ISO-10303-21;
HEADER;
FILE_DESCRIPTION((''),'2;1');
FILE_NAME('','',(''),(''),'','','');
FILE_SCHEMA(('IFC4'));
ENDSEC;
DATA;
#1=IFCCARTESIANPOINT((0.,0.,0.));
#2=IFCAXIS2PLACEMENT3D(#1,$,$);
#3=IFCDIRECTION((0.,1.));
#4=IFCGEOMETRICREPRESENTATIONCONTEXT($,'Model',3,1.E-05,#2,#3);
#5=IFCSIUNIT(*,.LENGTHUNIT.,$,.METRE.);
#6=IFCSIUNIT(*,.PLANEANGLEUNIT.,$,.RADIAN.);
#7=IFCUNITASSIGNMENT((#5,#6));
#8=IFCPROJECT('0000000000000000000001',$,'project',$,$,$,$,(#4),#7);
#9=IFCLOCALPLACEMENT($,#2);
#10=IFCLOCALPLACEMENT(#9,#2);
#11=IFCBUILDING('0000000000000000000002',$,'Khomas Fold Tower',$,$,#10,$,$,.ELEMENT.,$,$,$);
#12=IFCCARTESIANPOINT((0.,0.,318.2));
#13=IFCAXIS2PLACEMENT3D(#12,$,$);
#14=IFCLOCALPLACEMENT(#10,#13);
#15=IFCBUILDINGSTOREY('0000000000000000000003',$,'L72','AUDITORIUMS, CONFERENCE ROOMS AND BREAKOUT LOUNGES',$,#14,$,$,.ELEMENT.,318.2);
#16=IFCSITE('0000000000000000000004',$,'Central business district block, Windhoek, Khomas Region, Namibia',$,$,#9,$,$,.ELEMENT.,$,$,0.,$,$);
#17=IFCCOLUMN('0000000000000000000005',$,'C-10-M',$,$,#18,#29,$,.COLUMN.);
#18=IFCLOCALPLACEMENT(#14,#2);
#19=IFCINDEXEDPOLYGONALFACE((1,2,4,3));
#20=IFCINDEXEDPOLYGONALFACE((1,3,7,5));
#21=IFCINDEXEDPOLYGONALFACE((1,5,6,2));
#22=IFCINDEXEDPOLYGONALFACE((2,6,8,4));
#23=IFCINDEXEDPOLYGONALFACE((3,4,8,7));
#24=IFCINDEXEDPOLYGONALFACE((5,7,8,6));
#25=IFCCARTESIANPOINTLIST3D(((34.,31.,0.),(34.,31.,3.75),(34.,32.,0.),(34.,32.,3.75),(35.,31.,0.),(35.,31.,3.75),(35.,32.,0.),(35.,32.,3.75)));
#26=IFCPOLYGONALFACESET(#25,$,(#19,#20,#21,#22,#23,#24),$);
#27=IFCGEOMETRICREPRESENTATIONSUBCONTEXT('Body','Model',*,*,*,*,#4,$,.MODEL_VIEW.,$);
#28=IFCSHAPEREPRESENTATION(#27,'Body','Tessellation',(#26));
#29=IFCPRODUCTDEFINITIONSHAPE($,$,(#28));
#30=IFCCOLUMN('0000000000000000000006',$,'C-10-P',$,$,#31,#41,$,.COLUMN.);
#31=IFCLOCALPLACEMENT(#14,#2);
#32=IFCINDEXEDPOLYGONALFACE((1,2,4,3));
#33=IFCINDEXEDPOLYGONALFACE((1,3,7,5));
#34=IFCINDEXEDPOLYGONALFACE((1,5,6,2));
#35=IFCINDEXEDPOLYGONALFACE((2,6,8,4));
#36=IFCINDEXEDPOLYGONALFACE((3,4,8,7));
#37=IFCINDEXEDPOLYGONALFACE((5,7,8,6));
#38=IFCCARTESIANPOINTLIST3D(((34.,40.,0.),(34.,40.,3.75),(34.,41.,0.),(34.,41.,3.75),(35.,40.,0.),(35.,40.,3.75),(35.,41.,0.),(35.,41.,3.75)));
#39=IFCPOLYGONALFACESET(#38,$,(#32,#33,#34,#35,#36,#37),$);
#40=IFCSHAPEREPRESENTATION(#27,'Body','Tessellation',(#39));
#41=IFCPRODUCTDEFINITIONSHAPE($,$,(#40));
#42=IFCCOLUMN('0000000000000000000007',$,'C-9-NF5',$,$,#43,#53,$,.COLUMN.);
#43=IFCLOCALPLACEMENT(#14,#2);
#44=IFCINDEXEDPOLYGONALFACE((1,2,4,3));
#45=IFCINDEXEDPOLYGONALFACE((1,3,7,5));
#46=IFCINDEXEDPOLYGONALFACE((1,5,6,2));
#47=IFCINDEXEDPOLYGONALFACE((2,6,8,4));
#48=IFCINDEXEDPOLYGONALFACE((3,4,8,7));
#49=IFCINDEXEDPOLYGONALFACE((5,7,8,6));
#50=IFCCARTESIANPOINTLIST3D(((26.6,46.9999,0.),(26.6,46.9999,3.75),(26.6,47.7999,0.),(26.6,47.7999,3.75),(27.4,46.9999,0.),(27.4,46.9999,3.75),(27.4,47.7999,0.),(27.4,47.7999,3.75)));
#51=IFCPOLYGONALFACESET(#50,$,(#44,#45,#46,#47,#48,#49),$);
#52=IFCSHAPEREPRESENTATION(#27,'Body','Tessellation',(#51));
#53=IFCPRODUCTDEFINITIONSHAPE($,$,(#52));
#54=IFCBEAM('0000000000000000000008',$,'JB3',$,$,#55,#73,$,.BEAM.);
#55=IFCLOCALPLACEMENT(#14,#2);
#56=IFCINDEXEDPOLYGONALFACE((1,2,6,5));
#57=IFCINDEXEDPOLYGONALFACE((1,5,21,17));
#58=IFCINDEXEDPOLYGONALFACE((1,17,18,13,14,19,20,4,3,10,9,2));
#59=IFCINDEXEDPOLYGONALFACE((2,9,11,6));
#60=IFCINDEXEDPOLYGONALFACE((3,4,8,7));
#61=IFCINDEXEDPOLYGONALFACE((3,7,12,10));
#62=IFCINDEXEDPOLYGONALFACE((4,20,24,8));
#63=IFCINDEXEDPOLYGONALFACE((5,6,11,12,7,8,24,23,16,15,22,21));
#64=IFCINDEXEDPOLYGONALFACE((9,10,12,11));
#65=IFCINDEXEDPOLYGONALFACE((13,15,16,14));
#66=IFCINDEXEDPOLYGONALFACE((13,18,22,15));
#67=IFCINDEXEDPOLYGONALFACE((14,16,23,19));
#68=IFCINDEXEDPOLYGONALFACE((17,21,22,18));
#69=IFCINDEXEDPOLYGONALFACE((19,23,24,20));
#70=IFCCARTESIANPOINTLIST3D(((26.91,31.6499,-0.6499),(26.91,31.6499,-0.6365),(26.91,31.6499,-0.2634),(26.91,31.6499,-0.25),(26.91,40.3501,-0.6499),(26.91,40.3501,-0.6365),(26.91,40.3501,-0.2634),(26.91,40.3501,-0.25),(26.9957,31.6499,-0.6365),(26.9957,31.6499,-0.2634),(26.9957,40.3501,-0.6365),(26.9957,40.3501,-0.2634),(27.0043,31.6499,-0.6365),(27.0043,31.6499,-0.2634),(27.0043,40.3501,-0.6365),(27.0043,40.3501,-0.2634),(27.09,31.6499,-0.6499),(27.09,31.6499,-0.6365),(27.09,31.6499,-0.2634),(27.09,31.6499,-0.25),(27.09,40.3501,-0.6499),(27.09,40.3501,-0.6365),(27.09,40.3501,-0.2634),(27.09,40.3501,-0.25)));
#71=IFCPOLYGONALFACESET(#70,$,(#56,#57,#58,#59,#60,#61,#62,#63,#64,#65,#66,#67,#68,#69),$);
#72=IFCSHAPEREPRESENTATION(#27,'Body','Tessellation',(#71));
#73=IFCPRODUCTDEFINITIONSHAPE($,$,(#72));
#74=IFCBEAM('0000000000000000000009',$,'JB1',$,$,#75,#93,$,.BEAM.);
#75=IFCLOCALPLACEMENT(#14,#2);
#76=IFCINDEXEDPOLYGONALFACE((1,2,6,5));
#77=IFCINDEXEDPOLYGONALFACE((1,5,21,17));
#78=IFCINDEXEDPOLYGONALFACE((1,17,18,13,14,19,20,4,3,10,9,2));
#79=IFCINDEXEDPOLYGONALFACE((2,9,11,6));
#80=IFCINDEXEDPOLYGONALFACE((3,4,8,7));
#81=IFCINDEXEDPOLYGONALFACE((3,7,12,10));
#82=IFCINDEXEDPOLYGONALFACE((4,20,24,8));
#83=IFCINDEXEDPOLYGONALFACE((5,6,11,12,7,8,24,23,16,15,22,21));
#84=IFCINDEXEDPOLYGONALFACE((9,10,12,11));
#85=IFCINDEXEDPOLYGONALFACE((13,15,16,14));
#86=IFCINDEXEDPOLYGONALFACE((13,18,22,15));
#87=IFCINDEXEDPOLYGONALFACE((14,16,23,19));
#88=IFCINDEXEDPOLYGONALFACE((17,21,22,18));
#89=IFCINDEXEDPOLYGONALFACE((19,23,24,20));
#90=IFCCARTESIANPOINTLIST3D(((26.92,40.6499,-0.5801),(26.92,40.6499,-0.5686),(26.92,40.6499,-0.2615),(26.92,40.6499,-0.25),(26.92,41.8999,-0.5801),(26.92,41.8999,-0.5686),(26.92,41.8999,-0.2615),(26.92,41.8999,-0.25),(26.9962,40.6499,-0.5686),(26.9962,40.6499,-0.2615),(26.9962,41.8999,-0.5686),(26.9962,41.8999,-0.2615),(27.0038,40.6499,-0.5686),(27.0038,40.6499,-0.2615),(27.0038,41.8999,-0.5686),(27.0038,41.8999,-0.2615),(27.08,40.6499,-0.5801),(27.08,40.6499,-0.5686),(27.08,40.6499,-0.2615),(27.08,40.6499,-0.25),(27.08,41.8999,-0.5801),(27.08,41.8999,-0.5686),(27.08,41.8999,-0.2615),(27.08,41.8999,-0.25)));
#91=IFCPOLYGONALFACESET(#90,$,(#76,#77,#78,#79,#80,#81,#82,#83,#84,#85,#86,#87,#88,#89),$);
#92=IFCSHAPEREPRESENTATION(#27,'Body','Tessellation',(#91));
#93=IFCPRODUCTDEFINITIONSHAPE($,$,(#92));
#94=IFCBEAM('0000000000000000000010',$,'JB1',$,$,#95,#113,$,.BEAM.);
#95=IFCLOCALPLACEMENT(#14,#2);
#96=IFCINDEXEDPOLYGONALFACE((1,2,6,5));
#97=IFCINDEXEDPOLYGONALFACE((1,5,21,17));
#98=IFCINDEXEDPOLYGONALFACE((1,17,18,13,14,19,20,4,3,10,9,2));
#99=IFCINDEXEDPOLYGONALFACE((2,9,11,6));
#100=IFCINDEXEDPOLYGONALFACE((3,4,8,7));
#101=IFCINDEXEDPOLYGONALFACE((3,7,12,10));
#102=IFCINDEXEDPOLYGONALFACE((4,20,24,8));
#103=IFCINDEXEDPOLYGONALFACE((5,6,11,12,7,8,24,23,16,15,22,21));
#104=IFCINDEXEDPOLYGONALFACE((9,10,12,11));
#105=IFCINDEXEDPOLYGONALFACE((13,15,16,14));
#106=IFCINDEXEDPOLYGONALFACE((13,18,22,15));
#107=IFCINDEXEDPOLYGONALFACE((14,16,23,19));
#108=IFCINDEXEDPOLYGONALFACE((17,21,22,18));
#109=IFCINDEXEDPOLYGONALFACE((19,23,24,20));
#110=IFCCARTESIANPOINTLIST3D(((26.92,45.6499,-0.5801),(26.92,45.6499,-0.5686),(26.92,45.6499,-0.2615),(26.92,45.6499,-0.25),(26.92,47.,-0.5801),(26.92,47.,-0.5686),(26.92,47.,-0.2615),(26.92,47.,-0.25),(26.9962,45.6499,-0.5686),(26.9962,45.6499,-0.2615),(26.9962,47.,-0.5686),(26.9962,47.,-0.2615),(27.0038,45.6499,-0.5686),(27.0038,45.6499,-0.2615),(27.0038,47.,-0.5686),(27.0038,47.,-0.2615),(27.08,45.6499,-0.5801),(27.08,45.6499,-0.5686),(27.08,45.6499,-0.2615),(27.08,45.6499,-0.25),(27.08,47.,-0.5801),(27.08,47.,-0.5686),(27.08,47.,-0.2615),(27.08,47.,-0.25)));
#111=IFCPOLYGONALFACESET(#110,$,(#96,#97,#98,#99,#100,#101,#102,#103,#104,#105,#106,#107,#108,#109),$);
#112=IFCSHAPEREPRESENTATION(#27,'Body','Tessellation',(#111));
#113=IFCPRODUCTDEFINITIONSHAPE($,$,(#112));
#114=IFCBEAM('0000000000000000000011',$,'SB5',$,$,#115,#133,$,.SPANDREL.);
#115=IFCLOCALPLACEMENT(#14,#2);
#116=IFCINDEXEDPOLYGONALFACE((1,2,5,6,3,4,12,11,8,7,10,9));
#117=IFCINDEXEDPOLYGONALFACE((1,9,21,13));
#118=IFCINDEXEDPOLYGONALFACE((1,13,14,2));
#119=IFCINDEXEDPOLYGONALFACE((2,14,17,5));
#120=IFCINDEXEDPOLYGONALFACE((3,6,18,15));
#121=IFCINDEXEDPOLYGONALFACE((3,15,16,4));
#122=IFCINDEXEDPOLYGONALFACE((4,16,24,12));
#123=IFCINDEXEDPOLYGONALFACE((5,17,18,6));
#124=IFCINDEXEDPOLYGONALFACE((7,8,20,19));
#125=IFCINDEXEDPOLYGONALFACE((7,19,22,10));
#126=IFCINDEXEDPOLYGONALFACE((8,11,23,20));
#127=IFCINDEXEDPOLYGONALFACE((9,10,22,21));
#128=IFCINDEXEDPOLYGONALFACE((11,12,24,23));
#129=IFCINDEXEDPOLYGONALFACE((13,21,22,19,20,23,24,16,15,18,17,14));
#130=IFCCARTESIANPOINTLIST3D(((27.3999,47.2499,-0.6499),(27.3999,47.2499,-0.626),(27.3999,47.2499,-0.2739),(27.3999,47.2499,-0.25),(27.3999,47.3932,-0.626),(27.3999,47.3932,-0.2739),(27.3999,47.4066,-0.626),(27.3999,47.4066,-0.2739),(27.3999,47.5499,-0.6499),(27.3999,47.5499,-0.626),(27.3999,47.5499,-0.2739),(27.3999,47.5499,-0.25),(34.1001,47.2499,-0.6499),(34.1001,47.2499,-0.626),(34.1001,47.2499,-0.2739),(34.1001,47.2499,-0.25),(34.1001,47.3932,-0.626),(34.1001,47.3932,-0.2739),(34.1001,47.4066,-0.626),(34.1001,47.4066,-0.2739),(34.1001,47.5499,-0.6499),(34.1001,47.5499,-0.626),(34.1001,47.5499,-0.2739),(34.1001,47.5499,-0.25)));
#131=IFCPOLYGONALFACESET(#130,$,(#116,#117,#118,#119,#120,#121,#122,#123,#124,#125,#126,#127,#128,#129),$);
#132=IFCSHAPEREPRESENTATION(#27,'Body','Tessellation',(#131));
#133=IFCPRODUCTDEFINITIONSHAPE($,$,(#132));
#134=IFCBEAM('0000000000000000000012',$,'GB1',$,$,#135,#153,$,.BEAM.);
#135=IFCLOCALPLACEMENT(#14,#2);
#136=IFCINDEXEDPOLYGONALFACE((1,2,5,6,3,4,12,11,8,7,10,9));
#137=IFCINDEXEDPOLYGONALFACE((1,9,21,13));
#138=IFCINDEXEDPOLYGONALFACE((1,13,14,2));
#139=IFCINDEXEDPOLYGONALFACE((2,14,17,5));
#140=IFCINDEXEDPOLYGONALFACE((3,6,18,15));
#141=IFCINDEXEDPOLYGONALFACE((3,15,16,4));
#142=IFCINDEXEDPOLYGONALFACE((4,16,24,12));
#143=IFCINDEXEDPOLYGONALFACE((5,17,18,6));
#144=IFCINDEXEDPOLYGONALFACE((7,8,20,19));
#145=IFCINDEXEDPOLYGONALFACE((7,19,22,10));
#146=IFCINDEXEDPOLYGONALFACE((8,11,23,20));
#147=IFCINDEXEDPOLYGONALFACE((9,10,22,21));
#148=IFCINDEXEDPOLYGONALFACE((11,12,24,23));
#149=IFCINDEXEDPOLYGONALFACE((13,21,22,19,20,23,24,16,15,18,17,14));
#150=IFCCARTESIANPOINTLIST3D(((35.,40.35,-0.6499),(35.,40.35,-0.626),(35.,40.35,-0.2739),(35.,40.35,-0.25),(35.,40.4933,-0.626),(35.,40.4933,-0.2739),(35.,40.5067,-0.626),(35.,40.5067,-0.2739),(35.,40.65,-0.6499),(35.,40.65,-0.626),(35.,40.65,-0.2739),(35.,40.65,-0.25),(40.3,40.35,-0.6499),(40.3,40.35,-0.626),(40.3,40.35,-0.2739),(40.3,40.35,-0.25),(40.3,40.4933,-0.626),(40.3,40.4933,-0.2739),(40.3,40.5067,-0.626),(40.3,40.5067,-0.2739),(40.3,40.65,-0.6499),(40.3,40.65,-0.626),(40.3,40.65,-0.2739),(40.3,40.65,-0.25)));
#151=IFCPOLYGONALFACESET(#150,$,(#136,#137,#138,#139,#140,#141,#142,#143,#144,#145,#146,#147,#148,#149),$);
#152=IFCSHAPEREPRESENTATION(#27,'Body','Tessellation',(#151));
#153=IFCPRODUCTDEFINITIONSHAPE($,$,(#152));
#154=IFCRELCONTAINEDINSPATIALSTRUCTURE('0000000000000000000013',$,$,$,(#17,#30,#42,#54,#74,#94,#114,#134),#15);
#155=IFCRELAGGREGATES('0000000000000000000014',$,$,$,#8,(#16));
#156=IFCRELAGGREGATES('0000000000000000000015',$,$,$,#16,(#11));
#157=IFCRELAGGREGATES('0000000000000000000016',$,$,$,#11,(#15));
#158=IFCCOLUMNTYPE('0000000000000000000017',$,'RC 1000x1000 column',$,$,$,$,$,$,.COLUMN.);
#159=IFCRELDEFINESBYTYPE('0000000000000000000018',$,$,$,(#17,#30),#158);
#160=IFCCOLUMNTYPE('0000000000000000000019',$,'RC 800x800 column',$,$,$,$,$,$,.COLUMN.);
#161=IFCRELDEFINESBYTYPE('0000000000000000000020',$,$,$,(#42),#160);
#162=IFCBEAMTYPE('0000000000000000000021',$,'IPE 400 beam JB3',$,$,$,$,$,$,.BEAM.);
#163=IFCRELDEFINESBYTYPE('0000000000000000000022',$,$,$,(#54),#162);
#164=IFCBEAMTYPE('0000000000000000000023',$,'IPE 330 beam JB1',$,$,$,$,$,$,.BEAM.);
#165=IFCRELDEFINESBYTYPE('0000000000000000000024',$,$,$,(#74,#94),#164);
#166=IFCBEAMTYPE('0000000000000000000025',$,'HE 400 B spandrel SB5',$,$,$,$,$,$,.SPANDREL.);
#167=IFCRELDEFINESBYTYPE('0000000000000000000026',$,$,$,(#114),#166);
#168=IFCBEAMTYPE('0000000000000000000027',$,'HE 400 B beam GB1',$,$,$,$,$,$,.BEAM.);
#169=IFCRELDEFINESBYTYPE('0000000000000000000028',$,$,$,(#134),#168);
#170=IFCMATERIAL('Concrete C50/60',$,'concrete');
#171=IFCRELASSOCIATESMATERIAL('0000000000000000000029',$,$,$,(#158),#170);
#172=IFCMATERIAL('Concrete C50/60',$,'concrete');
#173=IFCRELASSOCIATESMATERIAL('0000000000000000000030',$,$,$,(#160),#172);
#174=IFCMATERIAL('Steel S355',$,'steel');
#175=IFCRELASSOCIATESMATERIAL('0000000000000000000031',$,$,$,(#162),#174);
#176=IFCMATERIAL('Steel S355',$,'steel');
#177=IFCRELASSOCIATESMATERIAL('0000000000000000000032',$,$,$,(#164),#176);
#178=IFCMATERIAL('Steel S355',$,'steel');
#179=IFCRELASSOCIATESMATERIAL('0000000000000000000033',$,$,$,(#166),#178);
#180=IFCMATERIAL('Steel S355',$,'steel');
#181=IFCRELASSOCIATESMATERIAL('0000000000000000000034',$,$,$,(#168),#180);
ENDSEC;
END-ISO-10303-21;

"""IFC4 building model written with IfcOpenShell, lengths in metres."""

from ifc_helpers import new_model, si_unit, direction, frame, origin, origin_2d, place, context, subcontext, project, spatial, rectangle, i_section, extrude, source, transform, mapped, material, material_profile, profile_set, type_object, element, save


model = new_model("IFC4")

# Units and contexts
model_context = context("Model", 3, precision=1e-05, world=origin(), true_north=direction((0.0, 1.0)))
body_context = subcontext(model_context, "Body", "Model", "MODEL_VIEW")
ifc_project = project(units=[si_unit("LENGTHUNIT", "METRE"), si_unit("PLANEANGLEUNIT", "RADIAN")], contexts=[model_context])

# Site, building, storey
site_placement = place(None, origin())
site = spatial("IfcSite", under=ifc_project, at=site_placement, Name="Central business district block, Windhoek, Khomas Region, Namibia", CompositionType="ELEMENT", RefElevation=0.0)
building_placement = place(site_placement, origin())
building = spatial("IfcBuilding", under=site, at=building_placement, Name="Khomas Fold Tower", CompositionType="ELEMENT")
storey_placement = place(building_placement, frame((0.0, 0.0, 318.2)))
storey = spatial("IfcBuildingStorey", under=building, at=storey_placement, Name="L72", Description="AUDITORIUMS, CONFERENCE ROOMS AND BREAKOUT LOUNGES", CompositionType="ELEMENT", Elevation=318.2)

# Columns
ifc_material_1 = material(Name="Concrete C50/60", Category="concrete")
ifc_material_profile_1 = material_profile(ifc_material_1, rectangle(XDim=1.0, YDim=1.0, at=origin_2d()), Name="RC 1000x1000")
ifc_profile_set_1 = profile_set([ifc_material_profile_1], Name="Concrete C50/60")
column_type_1 = type_object("IfcColumnType", Name="RC 1000x1000 column", PredefinedType="COLUMN", material=ifc_profile_set_1)
shared_shape_1 = source(origin(), body_context, "Body", "SweptSolid", [
    extrude(rectangle(XDim=1.0, YDim=1.0, at=origin_2d()), origin(), (0.0, 0.0, 1.0), 3.75),
])
for number, where, z_axis, x_axis, name in (
    (1, (34.5, 31.5, 0.0), (0.0, 0.0, 1.0), (1.0, 0.0, 0.0), "C-10-M"),
    (2, (34.5, 40.5, 0.0), (0.0, 0.0, 1.0), (1.0, 0.0, 0.0), "C-10-P"),
):
    element("IfcColumn", number, at=place(storey_placement, frame(where, z_axis=z_axis, x_axis=x_axis)), inside=storey, type_object=column_type_1, Name=name, PredefinedType="COLUMN", context=body_context, shape_type="MappedRepresentation", body=[
        mapped(shared_shape_1, transform((0.0, 0.0, 0.0))),
    ])
ifc_material_2 = material(Name="Concrete C50/60", Category="concrete")
ifc_material_profile_2 = material_profile(ifc_material_2, rectangle(XDim=0.8, YDim=0.8, at=origin_2d()), Name="RC 800x800")
ifc_profile_set_2 = profile_set([ifc_material_profile_2], Name="Concrete C50/60")
column_type_2 = type_object("IfcColumnType", Name="RC 800x800 column", PredefinedType="COLUMN", material=ifc_profile_set_2)
shared_shape_2 = source(origin(), body_context, "Body", "SweptSolid", [
    extrude(rectangle(XDim=0.8, YDim=0.8, at=origin_2d()), origin(), (0.0, 0.0, 1.0), 3.75),
])
column_placement = place(storey_placement, frame((27.0, 47.3999, 0.0), z_axis=(0.0, 0.0, 1.0), x_axis=(1.0, 0.0, 0.0)))
element("IfcColumn", 3, at=column_placement, inside=storey, type_object=column_type_2, Name="C-9-NF5", PredefinedType="COLUMN", context=body_context, shape_type="MappedRepresentation", body=[
    mapped(shared_shape_2, transform((0.0, 0.0, 0.0))),
])

# Beams
ifc_material_3 = material(Name="Steel S355", Category="steel")
ifc_material_profile_3 = material_profile(ifc_material_3, i_section(OverallWidth=0.1799, OverallDepth=0.3999, WebThickness=0.0085, FlangeThickness=0.0134, at=origin_2d()), Name="IPE 400")
ifc_profile_set_3 = profile_set([ifc_material_profile_3], Name="Steel S355")
beam_type_1 = type_object("IfcBeamType", Name="IPE 400 beam JB3", PredefinedType="BEAM", material=ifc_profile_set_3)
shared_shape_3 = source(origin(), body_context, "Body", "SweptSolid", [
    extrude(i_section(OverallWidth=0.1799, OverallDepth=0.3999, WebThickness=0.0085, FlangeThickness=0.0134, at=origin_2d()), origin(), (0.0, 0.0, 1.0), 8.7002),
])
beam_1_placement = place(storey_placement, frame((27.0, 31.6499, -0.45), z_axis=(0.0, 1.0, 0.0), x_axis=(-1.0, 0.0, 0.0)))
element("IfcBeam", 4, at=beam_1_placement, inside=storey, type_object=beam_type_1, Name="JB3", PredefinedType="BEAM", context=body_context, shape_type="MappedRepresentation", body=[
    mapped(shared_shape_3, transform((0.0, 0.0, 0.0))),
])
ifc_material_4 = material(Name="Steel S355", Category="steel")
ifc_material_profile_4 = material_profile(ifc_material_4, i_section(OverallWidth=0.1599, OverallDepth=0.3301, WebThickness=0.0076, FlangeThickness=0.0115, at=origin_2d()), Name="IPE 330")
ifc_profile_set_4 = profile_set([ifc_material_profile_4], Name="Steel S355")
beam_type_2 = type_object("IfcBeamType", Name="IPE 330 beam JB1", PredefinedType="BEAM", material=ifc_profile_set_4)
shared_shape_4 = source(origin(), body_context, "Body", "SweptSolid", [
    extrude(i_section(OverallWidth=0.1599, OverallDepth=0.3301, WebThickness=0.0076, FlangeThickness=0.0115, at=origin_2d()), origin(), (0.0, 0.0, 1.0), 1.25),
])
beam_2_placement = place(storey_placement, frame((27.0, 40.6499, -0.415), z_axis=(0.0, 1.0, 0.0), x_axis=(-1.0, 0.0, 0.0)))
element("IfcBeam", 5, at=beam_2_placement, inside=storey, type_object=beam_type_2, Name="JB1", PredefinedType="BEAM", context=body_context, shape_type="MappedRepresentation", body=[
    mapped(shared_shape_4, transform((0.0, 0.0, 0.0))),
])
shared_shape_5 = source(origin(), body_context, "Body", "SweptSolid", [
    extrude(i_section(OverallWidth=0.1599, OverallDepth=0.3301, WebThickness=0.0076, FlangeThickness=0.0115, at=origin_2d()), origin(), (0.0, 0.0, 1.0), 1.3501),
])
beam_3_placement = place(storey_placement, frame((27.0, 45.6499, -0.415), z_axis=(0.0, 1.0, 0.0), x_axis=(-1.0, 0.0, 0.0)))
element("IfcBeam", 6, at=beam_3_placement, inside=storey, type_object=beam_type_2, Name="JB1", PredefinedType="BEAM", context=body_context, shape_type="MappedRepresentation", body=[
    mapped(shared_shape_5, transform((0.0, 0.0, 0.0))),
])
ifc_material_5 = material(Name="Steel S355", Category="steel")
ifc_material_profile_5 = material_profile(ifc_material_5, i_section(OverallWidth=0.3, OverallDepth=0.3999, WebThickness=0.0134, FlangeThickness=0.0239, at=origin_2d()), Name="HE 400 B")
ifc_profile_set_5 = profile_set([ifc_material_profile_5], Name="Steel S355")
beam_type_3 = type_object("IfcBeamType", Name="HE 400 B spandrel SB5", PredefinedType="SPANDREL", material=ifc_profile_set_5)
shared_shape_6 = source(origin(), body_context, "Body", "SweptSolid", [
    extrude(i_section(OverallWidth=0.3, OverallDepth=0.3999, WebThickness=0.0134, FlangeThickness=0.0239, at=origin_2d()), origin(), (0.0, 0.0, 1.0), 6.7002),
])
beam_4_placement = place(storey_placement, frame((27.3999, 47.3999, -0.45), z_axis=(1.0, 0.0, 0.0), x_axis=(0.0, 1.0, 0.0)))
element("IfcBeam", 7, at=beam_4_placement, inside=storey, type_object=beam_type_3, Name="SB5", PredefinedType="SPANDREL", context=body_context, shape_type="MappedRepresentation", body=[
    mapped(shared_shape_6, transform((0.0, 0.0, 0.0))),
])
ifc_material_6 = material(Name="Steel S355", Category="steel")
ifc_material_profile_6 = material_profile(ifc_material_6, i_section(OverallWidth=0.3, OverallDepth=0.3999, WebThickness=0.0134, FlangeThickness=0.0239, at=origin_2d()), Name="HE 400 B")
ifc_profile_set_6 = profile_set([ifc_material_profile_6], Name="Steel S355")
beam_type_4 = type_object("IfcBeamType", Name="HE 400 B beam GB1", PredefinedType="BEAM", material=ifc_profile_set_6)
shared_shape_7 = source(origin(), body_context, "Body", "SweptSolid", [
    extrude(i_section(OverallWidth=0.3, OverallDepth=0.3999, WebThickness=0.0134, FlangeThickness=0.0239, at=origin_2d()), origin(), (0.0, 0.0, 1.0), 5.3),
])
beam_5_placement = place(storey_placement, frame((35.0, 40.5, -0.45), z_axis=(1.0, 0.0, 0.0), x_axis=(0.0, 1.0, 0.0)))
element("IfcBeam", 8, at=beam_5_placement, inside=storey, type_object=beam_type_4, Name="GB1", PredefinedType="BEAM", context=body_context, shape_type="MappedRepresentation", body=[
    mapped(shared_shape_7, transform((0.0, 0.0, 0.0))),
])

save(model, "model.ifc")
